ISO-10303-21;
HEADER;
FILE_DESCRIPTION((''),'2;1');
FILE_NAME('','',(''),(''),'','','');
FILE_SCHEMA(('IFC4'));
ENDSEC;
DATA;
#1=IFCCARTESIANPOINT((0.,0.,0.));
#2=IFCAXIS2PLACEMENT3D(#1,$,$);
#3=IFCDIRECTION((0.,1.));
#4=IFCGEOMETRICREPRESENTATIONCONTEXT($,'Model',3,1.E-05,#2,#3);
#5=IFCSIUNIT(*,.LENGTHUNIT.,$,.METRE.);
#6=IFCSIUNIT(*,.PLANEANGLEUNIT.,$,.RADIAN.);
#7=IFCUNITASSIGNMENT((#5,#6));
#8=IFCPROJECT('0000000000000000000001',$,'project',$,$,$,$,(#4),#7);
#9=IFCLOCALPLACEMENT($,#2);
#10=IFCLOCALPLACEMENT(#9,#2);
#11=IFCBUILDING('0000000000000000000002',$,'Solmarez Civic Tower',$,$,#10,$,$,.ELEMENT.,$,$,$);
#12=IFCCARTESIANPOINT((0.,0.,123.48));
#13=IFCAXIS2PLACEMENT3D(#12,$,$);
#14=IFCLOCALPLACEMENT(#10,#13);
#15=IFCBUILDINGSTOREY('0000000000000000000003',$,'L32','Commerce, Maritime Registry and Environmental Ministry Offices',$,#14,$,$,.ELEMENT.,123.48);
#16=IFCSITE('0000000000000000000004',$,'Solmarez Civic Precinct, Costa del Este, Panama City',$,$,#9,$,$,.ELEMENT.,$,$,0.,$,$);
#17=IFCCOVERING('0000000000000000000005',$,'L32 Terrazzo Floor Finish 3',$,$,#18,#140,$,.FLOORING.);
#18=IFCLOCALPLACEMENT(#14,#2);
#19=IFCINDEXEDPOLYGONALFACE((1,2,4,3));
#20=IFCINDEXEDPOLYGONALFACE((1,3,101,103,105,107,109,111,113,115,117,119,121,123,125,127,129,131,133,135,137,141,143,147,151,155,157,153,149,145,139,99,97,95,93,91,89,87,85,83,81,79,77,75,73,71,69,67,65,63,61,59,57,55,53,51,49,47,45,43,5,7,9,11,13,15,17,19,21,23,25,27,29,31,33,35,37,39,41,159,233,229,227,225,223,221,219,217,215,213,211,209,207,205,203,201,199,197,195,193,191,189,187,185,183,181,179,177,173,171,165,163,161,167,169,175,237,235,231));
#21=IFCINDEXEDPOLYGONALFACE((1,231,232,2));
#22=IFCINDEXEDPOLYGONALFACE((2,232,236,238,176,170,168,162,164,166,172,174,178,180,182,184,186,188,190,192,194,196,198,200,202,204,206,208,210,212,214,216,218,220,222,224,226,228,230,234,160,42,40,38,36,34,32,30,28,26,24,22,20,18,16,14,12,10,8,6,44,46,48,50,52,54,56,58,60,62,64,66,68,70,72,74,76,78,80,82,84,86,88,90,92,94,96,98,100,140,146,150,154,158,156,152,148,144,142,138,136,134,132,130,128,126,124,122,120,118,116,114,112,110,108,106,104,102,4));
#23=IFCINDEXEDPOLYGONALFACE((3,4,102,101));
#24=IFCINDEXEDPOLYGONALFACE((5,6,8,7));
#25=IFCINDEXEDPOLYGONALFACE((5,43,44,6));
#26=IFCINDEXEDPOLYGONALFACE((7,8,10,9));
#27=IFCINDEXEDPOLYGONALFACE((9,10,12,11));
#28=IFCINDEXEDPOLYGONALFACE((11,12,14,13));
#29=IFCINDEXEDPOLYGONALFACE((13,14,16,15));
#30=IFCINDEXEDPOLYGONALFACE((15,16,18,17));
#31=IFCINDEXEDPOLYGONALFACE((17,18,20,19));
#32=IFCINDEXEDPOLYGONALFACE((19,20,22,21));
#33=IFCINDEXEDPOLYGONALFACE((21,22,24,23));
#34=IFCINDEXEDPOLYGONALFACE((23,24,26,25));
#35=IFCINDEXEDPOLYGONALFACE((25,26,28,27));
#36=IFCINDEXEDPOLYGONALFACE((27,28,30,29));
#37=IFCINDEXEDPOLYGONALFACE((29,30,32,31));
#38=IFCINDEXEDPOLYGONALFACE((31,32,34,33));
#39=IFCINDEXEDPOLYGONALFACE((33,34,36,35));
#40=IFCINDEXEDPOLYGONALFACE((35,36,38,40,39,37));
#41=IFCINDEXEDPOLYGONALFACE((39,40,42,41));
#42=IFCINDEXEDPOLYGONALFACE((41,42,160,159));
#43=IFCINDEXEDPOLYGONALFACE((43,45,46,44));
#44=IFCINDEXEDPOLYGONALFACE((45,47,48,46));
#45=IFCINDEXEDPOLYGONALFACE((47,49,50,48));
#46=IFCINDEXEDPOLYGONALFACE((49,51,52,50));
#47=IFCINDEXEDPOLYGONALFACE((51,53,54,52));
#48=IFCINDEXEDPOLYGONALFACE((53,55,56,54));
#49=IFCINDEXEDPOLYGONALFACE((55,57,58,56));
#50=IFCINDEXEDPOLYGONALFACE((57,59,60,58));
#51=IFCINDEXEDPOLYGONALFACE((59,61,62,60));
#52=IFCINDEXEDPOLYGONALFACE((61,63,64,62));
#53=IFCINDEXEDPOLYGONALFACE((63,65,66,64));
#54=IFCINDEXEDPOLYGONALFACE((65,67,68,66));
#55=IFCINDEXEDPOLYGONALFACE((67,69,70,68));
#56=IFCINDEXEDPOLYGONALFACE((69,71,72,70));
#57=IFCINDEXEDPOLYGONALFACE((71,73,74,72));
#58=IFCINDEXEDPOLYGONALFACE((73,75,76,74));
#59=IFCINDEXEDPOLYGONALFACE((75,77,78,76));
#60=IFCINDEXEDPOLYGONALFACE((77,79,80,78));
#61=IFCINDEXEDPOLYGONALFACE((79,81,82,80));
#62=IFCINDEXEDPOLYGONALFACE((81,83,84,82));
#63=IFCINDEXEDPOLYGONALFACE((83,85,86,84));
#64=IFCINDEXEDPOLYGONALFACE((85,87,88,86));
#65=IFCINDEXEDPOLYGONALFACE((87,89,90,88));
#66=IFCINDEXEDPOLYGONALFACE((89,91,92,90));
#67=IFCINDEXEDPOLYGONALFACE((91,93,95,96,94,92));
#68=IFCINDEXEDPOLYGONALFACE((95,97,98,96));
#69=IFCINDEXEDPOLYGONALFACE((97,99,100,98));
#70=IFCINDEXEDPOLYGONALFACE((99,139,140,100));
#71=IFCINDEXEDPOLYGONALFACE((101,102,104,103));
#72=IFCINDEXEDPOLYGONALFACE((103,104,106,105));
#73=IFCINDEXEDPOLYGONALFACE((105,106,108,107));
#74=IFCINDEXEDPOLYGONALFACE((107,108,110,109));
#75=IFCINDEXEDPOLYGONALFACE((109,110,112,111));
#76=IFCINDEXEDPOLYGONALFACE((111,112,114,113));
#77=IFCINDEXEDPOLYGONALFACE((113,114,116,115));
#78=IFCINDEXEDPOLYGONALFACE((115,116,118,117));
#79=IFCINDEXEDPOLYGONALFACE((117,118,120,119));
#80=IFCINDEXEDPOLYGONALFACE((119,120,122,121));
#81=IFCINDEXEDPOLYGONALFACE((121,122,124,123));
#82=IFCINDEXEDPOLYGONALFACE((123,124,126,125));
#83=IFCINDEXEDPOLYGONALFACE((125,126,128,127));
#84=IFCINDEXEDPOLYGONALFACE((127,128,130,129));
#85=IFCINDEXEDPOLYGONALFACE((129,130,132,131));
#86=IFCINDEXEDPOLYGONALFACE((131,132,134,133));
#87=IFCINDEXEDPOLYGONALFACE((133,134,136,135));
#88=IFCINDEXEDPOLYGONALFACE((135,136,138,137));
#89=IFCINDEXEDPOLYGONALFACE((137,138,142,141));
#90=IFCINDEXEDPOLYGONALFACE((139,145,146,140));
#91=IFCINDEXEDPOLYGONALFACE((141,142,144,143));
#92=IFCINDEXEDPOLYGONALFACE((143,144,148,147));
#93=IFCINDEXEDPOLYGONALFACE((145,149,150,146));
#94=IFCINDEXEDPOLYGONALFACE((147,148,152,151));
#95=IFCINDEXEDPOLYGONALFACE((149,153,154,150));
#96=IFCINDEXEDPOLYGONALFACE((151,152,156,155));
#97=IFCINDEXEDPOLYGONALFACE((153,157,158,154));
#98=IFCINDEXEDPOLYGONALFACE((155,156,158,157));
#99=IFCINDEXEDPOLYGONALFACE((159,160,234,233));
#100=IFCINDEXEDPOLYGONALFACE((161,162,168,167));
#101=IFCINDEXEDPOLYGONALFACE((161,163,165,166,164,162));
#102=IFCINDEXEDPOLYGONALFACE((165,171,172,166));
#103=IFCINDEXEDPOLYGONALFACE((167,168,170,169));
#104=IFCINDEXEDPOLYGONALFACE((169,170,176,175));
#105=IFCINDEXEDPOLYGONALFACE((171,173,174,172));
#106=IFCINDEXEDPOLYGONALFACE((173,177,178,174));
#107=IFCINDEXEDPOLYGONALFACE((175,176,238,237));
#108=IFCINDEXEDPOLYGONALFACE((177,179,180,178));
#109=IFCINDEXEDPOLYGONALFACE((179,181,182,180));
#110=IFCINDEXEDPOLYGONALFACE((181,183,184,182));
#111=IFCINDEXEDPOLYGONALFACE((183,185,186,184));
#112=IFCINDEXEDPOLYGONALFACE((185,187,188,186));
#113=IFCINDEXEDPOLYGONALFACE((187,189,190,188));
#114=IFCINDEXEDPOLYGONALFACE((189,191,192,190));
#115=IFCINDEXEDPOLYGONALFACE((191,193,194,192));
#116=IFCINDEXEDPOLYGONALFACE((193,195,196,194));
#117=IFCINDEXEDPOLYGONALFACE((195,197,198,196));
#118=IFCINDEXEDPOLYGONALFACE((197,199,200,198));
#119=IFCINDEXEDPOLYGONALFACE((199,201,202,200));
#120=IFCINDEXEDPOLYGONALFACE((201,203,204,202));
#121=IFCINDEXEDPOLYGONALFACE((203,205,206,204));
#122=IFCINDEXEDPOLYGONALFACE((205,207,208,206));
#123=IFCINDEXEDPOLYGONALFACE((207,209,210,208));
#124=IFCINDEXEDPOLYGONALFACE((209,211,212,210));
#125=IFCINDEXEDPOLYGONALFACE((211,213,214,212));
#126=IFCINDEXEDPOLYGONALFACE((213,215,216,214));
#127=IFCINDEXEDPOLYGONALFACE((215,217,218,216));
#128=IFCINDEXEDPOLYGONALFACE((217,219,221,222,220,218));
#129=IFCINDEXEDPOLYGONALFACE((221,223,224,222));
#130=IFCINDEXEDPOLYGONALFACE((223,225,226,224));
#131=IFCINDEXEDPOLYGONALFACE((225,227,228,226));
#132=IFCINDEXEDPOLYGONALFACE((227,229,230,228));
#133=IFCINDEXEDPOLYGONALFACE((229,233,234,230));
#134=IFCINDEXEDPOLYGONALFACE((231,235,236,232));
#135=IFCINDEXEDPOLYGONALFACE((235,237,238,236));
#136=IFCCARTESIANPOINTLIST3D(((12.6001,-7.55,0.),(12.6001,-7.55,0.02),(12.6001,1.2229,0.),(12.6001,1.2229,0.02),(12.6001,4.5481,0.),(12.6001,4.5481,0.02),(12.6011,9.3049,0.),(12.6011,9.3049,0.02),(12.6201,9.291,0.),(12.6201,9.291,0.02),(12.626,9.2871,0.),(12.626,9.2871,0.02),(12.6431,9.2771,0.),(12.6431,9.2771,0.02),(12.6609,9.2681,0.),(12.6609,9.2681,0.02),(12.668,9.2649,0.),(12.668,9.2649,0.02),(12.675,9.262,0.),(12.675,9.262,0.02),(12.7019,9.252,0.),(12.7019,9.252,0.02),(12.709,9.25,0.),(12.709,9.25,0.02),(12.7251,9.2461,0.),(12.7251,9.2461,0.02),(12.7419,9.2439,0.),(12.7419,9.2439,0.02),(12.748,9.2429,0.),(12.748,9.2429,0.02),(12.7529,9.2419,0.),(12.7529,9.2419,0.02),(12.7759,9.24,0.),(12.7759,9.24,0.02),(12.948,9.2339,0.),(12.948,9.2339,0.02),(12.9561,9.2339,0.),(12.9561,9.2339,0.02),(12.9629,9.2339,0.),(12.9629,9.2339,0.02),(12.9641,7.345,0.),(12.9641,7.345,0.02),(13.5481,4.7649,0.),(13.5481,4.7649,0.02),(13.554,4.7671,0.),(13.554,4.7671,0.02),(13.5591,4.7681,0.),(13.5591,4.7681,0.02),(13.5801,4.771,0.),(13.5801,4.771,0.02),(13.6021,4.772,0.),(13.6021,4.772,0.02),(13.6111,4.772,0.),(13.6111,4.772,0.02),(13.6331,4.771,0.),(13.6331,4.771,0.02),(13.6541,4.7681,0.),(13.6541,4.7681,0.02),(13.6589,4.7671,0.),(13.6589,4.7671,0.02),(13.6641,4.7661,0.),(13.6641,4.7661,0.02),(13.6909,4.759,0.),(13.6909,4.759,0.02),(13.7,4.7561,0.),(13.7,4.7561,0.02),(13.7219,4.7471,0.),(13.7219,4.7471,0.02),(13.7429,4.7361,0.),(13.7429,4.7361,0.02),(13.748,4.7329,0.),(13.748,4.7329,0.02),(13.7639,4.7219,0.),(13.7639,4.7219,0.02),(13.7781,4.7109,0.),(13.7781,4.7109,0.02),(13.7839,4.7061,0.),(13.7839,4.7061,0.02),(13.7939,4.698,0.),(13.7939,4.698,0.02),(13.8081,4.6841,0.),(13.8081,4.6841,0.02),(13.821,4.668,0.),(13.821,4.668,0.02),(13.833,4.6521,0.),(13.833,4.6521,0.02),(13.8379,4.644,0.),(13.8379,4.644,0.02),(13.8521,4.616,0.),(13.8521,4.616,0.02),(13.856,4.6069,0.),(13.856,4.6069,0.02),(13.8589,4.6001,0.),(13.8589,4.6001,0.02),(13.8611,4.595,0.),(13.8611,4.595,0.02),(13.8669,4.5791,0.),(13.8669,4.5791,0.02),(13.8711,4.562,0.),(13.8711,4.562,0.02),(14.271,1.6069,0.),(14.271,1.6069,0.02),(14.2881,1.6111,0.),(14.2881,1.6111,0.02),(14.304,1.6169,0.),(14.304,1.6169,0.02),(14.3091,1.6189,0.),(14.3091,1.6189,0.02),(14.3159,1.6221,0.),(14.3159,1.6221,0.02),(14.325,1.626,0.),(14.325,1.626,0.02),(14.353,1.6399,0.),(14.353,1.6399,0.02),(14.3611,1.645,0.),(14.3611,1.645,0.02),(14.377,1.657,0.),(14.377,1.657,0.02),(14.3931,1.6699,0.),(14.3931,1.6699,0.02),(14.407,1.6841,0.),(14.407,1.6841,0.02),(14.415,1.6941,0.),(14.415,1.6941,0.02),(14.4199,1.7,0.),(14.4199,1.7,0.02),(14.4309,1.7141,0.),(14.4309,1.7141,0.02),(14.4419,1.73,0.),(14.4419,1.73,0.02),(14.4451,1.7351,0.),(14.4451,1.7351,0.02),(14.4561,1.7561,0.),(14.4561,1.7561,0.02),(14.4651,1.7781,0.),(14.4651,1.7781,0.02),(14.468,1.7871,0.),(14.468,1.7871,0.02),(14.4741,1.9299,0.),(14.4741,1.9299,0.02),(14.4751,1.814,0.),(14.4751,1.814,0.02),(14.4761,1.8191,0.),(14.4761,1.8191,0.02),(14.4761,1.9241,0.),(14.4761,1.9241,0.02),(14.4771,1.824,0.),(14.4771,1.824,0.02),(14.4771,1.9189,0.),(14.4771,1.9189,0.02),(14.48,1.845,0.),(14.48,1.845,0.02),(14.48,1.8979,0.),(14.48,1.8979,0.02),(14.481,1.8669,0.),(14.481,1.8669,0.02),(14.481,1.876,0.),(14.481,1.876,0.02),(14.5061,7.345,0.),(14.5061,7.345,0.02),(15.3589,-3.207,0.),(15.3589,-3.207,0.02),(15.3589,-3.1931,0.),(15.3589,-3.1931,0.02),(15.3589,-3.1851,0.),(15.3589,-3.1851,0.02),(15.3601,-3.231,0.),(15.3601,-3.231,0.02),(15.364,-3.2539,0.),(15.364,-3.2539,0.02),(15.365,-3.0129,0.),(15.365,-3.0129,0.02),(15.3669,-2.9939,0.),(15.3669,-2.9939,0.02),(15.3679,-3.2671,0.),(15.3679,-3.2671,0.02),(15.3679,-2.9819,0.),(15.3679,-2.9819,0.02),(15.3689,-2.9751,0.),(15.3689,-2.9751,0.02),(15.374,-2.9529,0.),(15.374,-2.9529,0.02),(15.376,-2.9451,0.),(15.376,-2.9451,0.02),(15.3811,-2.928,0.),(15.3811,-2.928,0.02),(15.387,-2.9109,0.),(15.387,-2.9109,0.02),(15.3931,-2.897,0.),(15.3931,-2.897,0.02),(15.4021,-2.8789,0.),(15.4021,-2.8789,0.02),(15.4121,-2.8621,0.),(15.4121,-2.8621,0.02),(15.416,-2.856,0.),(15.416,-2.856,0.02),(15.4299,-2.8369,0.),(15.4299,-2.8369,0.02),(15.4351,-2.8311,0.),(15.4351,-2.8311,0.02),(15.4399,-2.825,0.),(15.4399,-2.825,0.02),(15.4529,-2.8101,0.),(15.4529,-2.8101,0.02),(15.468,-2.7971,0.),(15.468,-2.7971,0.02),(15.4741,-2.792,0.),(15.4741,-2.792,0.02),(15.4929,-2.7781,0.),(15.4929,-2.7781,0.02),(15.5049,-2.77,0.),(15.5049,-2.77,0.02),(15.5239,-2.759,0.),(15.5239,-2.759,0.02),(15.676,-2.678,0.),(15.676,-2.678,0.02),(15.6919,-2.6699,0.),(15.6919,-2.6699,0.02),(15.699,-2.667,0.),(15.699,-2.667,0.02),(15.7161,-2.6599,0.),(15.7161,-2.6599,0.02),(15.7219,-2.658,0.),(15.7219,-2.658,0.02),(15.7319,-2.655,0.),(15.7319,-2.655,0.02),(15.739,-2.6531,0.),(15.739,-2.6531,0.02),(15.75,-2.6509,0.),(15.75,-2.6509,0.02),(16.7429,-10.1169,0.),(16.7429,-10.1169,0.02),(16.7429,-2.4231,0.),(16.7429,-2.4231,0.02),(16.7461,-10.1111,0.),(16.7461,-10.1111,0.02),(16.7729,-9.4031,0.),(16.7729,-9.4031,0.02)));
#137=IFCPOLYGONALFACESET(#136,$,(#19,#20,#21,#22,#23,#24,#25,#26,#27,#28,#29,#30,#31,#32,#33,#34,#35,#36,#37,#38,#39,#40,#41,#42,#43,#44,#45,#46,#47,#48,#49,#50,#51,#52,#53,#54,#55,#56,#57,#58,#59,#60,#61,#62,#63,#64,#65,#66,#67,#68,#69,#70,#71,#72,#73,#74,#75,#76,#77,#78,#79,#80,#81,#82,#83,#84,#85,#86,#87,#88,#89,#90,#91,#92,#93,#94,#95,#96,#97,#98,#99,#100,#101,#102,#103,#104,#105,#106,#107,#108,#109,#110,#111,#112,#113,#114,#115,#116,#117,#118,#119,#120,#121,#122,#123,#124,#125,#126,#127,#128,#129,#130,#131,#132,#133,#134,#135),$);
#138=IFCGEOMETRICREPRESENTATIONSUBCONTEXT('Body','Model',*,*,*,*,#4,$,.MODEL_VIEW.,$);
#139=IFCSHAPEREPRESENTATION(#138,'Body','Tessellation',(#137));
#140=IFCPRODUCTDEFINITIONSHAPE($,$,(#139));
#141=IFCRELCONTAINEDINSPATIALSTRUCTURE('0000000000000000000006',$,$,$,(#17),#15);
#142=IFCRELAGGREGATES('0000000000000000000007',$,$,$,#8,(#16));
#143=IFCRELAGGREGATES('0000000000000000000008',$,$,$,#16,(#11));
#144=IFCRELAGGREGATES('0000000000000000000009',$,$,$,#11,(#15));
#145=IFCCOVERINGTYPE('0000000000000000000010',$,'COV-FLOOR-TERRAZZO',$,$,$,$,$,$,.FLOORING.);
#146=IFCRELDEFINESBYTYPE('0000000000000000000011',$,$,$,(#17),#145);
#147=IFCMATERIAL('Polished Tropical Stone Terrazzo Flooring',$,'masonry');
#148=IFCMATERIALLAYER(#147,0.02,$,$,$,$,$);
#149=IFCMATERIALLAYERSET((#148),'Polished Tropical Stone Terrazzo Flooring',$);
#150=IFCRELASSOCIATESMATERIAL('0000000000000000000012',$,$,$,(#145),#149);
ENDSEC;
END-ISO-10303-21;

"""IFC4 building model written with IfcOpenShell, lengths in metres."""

from ifc_helpers import new_model, si_unit, direction, frame, origin, place, context, subcontext, project, spatial, polyline, outline, extrude, material, layer, layer_set, type_object, element, save


model = new_model("IFC4")

# Units and contexts
model_context = context("Model", 3, precision=1e-05, world=origin(), true_north=direction((0.0, 1.0)))
body_context = subcontext(model_context, "Body", "Model", "MODEL_VIEW")
ifc_project = project(units=[si_unit("LENGTHUNIT", "METRE"), si_unit("PLANEANGLEUNIT", "RADIAN")], contexts=[model_context])

# Site, building, storey
site_placement = place(None, origin())
site = spatial("IfcSite", under=ifc_project, at=site_placement, Name="Solmarez Civic Precinct, Costa del Este, Panama City", CompositionType="ELEMENT", RefElevation=0.0)
building_placement = place(site_placement, origin())
building = spatial("IfcBuilding", under=site, at=building_placement, Name="Solmarez Civic Tower", CompositionType="ELEMENT")
storey_placement = place(building_placement, frame((0.0, 0.0, 123.48)))
storey = spatial("IfcBuildingStorey", under=building, at=storey_placement, Name="L32", Description="Commerce, Maritime Registry and Environmental Ministry Offices", CompositionType="ELEMENT", Elevation=123.48)

# Covering
ifc_material_1 = material(Name="Polished Tropical Stone Terrazzo Flooring", Category="masonry")
ifc_layer_1 = layer(ifc_material_1, 0.02)
ifc_layer_set_1 = layer_set([ifc_layer_1], Name="Polished Tropical Stone Terrazzo Flooring")
covering_type_1 = type_object("IfcCoveringType", Name="COV-FLOOR-TERRAZZO", PredefinedType="FLOORING", material=ifc_layer_set_1)
covering_1_placement = place(storey_placement, origin())
element("IfcCovering", 1, at=covering_1_placement, inside=storey, type_object=covering_type_1, Name="L32 Terrazzo Floor Finish 3", PredefinedType="FLOORING", context=body_context, shape_type="SweptSolid", body=[
    extrude(outline(polyline([(12.6001, 4.5481), (13.5481, 4.7649), (13.554, 4.7671), (13.5591, 4.7681), (13.5801, 4.771), (13.6021, 4.772), (13.6111, 4.772), (13.6331, 4.771), (13.6541, 4.7681), (13.6589, 4.7671), (13.6641, 4.7661), (13.6909, 4.759), (13.7, 4.7561), (13.7219, 4.7471), (13.7429, 4.7361), (13.748, 4.7329), (13.7639, 4.7219), (13.7781, 4.7109), (13.7839, 4.7061), (13.7939, 4.698), (13.8081, 4.6841), (13.821, 4.668), (13.833, 4.6521), (13.8379, 4.644), (13.8521, 4.616), (13.856, 4.6069), (13.8589, 4.6001), (13.8611, 4.595), (13.8669, 4.5791), (13.8711, 4.562), (14.4741, 1.9299), (14.4761, 1.9241), (14.4771, 1.9189), (14.48, 1.8979), (14.481, 1.876), (14.481, 1.8669), (14.48, 1.845), (14.4771, 1.824), (14.4761, 1.8191), (14.4751, 1.814), (14.468, 1.7871), (14.4651, 1.7781), (14.4561, 1.7561), (14.4451, 1.7351), (14.4419, 1.73), (14.4309, 1.7141), (14.4199, 1.7), (14.415, 1.6941), (14.407, 1.6841), (14.3931, 1.6699), (14.377, 1.657), (14.3611, 1.645), (14.353, 1.6399), (14.325, 1.626), (14.3159, 1.6221), (14.3091, 1.6189), (14.304, 1.6169), (14.2881, 1.6111), (14.271, 1.6069), (12.6001, 1.2229), (12.6001, -7.55), (16.7429, -10.1169), (16.7461, -10.1111), (16.7729, -9.4031), (15.3679, -3.2671), (15.364, -3.2539), (15.3601, -3.231), (15.3589, -3.207), (15.3589, -3.1931), (15.3589, -3.1851), (15.365, -3.0129), (15.3669, -2.9939), (15.3679, -2.9819), (15.3689, -2.9751), (15.374, -2.9529), (15.376, -2.9451), (15.3811, -2.928), (15.387, -2.9109), (15.3931, -2.897), (15.4021, -2.8789), (15.4121, -2.8621), (15.416, -2.856), (15.4299, -2.8369), (15.4351, -2.8311), (15.4399, -2.825), (15.4529, -2.8101), (15.468, -2.7971), (15.4741, -2.792), (15.4929, -2.7781), (15.5049, -2.77), (15.5239, -2.759), (15.676, -2.678), (15.6919, -2.6699), (15.699, -2.667), (15.7161, -2.6599), (15.7219, -2.658), (15.7319, -2.655), (15.739, -2.6531), (15.75, -2.6509), (16.7429, -2.4231), (14.5061, 7.345), (12.9641, 7.345), (12.9629, 9.2339), (12.9561, 9.2339), (12.948, 9.2339), (12.7759, 9.24), (12.7529, 9.2419), (12.748, 9.2429), (12.7419, 9.2439), (12.7251, 9.2461), (12.709, 9.25), (12.7019, 9.252), (12.675, 9.262), (12.668, 9.2649), (12.6609, 9.2681), (12.6431, 9.2771), (12.626, 9.2871), (12.6201, 9.291), (12.6011, 9.3049), (12.6001, 4.5481)])), origin(), (0.0, 0.0, 1.0), 0.02),
])

save(model, "model.ifc")
